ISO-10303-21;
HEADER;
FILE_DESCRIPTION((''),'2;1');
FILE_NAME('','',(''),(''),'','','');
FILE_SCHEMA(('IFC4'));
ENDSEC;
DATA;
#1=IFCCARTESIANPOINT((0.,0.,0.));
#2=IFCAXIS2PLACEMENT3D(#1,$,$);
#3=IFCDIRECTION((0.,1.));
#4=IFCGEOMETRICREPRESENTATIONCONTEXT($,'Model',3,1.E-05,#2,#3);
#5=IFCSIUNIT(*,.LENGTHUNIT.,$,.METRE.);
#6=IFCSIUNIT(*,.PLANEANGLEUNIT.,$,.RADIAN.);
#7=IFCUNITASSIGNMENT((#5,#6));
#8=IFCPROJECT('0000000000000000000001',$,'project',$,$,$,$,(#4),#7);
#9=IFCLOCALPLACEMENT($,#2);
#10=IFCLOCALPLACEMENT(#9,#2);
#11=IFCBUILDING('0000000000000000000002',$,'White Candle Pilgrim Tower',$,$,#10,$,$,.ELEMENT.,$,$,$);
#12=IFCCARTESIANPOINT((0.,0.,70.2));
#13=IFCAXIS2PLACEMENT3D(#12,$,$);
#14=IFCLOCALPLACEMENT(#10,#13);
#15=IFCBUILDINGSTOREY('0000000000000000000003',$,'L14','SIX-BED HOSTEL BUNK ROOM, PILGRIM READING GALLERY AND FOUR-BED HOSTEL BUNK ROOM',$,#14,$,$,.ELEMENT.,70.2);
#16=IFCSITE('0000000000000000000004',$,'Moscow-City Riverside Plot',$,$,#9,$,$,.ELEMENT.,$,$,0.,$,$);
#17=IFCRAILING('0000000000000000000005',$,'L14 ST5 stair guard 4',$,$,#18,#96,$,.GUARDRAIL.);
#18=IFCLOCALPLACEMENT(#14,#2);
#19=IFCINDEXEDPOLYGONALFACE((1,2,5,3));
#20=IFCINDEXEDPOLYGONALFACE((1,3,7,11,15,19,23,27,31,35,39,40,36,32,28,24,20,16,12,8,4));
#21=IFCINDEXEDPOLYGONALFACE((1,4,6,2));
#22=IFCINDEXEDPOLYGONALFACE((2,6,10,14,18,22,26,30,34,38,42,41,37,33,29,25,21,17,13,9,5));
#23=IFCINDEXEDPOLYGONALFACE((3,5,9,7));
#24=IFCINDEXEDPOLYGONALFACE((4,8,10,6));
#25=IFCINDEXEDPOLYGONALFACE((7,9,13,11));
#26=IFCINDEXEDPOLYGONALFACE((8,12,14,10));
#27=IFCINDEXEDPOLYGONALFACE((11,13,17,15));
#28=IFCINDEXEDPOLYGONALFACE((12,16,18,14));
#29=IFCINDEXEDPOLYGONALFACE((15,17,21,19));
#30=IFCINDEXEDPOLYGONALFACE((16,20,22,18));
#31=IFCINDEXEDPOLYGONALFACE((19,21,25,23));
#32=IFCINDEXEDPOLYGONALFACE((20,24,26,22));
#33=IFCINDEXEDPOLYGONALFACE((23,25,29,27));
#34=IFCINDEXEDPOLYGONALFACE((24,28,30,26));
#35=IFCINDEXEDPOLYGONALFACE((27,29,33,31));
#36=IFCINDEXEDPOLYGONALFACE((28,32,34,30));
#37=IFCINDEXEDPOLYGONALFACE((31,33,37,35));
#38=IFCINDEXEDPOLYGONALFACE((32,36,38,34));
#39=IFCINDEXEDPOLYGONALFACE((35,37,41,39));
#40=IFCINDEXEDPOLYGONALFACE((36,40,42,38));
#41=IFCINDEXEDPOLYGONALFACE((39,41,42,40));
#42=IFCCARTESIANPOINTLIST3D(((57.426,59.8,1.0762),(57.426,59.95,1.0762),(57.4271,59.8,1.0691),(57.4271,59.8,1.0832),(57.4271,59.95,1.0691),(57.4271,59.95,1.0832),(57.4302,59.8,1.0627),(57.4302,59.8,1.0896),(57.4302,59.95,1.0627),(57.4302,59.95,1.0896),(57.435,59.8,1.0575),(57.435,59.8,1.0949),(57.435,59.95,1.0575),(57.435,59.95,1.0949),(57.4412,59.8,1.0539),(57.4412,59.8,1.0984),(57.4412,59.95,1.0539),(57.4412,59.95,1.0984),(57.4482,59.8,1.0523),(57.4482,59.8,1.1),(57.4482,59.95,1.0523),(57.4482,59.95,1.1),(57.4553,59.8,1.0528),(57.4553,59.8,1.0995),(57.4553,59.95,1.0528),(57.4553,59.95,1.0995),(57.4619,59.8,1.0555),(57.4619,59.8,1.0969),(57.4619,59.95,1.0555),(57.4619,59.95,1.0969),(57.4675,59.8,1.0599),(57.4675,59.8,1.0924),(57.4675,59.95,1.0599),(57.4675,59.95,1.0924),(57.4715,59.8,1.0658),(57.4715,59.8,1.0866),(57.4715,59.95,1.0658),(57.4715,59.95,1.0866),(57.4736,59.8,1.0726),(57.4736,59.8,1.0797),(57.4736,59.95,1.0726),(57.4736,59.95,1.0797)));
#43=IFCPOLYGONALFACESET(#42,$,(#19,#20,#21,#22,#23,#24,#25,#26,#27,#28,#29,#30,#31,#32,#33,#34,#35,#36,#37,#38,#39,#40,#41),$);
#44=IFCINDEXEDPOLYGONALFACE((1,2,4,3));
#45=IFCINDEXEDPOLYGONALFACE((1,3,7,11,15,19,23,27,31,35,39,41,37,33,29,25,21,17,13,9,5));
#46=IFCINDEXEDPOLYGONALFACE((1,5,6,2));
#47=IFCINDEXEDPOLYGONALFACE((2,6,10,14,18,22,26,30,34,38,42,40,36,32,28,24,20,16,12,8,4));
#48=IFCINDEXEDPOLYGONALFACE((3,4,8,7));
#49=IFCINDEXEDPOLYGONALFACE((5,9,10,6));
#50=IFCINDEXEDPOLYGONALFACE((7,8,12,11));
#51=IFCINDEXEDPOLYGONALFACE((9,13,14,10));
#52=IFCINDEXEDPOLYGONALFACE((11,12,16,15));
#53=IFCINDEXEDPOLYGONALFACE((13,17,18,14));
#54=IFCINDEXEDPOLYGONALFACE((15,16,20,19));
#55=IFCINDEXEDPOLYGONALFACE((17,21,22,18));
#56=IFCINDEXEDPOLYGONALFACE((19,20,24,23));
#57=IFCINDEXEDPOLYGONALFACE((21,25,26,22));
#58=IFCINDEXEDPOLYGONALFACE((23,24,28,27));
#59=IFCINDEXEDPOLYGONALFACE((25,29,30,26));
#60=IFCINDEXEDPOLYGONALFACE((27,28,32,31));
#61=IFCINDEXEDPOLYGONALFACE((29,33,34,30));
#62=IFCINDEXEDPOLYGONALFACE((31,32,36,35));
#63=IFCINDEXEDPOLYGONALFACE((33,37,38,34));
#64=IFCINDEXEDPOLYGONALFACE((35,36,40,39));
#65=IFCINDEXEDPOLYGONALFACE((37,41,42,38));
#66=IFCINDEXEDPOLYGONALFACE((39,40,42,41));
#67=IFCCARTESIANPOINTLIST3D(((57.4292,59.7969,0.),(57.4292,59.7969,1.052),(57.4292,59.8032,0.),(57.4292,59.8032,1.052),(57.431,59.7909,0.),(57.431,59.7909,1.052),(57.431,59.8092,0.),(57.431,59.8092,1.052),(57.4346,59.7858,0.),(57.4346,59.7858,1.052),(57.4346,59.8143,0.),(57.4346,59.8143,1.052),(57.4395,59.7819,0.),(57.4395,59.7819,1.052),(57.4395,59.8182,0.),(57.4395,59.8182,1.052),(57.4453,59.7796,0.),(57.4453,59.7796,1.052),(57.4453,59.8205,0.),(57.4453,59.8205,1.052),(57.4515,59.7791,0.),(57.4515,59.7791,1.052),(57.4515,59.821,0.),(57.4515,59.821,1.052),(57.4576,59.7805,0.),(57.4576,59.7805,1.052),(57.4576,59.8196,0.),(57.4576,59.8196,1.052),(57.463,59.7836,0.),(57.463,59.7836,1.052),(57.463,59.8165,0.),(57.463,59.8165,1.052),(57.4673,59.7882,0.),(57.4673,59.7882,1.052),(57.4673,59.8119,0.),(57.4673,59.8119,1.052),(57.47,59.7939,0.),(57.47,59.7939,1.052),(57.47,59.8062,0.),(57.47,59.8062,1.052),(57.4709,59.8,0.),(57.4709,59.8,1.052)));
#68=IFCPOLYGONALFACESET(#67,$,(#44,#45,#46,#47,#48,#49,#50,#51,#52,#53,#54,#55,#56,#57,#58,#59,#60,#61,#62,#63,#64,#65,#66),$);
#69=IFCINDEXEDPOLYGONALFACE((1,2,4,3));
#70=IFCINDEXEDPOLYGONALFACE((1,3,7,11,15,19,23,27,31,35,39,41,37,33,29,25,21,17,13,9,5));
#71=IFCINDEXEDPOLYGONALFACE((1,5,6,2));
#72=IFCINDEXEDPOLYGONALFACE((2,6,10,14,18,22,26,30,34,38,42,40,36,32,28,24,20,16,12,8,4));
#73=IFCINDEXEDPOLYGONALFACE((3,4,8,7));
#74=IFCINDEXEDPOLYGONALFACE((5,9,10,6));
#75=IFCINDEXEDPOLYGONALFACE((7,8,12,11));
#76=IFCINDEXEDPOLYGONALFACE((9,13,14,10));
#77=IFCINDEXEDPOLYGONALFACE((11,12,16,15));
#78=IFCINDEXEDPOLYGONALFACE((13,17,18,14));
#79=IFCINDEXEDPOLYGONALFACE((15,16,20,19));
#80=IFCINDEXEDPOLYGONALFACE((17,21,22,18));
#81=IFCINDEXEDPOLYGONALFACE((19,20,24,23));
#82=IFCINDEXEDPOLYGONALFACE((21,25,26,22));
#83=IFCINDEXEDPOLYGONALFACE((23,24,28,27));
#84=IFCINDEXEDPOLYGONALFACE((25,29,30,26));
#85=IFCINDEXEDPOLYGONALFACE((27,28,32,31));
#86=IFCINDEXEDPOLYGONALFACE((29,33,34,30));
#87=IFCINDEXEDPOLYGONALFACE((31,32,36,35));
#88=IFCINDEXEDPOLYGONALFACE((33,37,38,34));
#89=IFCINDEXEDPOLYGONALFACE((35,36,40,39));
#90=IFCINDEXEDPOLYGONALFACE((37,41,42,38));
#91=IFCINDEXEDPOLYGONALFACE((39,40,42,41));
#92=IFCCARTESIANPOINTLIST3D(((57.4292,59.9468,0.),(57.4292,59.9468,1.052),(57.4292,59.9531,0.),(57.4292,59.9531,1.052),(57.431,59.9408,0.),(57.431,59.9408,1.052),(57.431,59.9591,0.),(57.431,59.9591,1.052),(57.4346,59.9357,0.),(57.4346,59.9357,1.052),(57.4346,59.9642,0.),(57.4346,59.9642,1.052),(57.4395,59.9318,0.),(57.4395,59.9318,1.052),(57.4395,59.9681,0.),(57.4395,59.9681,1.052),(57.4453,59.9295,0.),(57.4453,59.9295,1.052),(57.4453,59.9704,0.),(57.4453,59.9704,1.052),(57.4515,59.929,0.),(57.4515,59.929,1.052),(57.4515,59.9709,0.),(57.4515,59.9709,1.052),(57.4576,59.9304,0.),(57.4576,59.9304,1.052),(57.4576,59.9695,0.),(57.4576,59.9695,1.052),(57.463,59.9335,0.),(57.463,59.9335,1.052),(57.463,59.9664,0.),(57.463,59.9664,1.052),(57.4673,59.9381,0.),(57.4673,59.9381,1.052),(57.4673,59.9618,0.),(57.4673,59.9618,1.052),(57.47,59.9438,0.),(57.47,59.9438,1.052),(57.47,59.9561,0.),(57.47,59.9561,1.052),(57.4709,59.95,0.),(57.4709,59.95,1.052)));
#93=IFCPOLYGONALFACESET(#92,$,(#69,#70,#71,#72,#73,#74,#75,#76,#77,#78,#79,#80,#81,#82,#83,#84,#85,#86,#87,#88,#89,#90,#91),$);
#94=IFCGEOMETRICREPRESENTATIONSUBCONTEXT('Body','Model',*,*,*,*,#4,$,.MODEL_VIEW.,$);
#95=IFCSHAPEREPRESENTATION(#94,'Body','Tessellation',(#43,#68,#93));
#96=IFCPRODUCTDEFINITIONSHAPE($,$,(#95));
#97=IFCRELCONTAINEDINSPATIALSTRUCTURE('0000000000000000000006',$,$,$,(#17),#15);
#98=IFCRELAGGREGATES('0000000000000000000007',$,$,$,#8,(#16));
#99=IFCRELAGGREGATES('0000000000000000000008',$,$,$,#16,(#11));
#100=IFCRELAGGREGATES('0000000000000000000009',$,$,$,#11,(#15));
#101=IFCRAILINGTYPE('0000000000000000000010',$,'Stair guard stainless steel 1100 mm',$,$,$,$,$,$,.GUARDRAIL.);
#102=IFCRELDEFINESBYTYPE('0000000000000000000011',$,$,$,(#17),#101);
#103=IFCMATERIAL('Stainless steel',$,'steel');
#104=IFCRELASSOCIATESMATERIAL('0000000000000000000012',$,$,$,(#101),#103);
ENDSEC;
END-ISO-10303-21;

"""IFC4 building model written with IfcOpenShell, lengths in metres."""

from ifc_helpers import new_model, si_unit, direction, frame, origin, origin_2d, place, context, subcontext, project, spatial, circle, extrude, material, type_object, element, save


model = new_model("IFC4")

# Units and contexts
model_context = context("Model", 3, precision=1e-05, world=origin(), true_north=direction((0.0, 1.0)))
body_context = subcontext(model_context, "Body", "Model", "MODEL_VIEW")
ifc_project = project(units=[si_unit("LENGTHUNIT", "METRE"), si_unit("PLANEANGLEUNIT", "RADIAN")], contexts=[model_context])

# Site, building, storey
site_placement = place(None, origin())
site = spatial("IfcSite", under=ifc_project, at=site_placement, Name="Moscow-City Riverside Plot", CompositionType="ELEMENT", RefElevation=0.0)
building_placement = place(site_placement, origin())
building = spatial("IfcBuilding", under=site, at=building_placement, Name="White Candle Pilgrim Tower", CompositionType="ELEMENT")
storey_placement = place(building_placement, frame((0.0, 0.0, 70.2)))
storey = spatial("IfcBuildingStorey", under=building, at=storey_placement, Name="L14", Description="SIX-BED HOSTEL BUNK ROOM, PILGRIM READING GALLERY AND FOUR-BED HOSTEL BUNK ROOM", CompositionType="ELEMENT", Elevation=70.2)

# Railing
ifc_material_1 = material(Name="Stainless steel", Category="steel")
railing_type_1 = type_object("IfcRailingType", Name="Stair guard stainless steel 1100 mm", PredefinedType="GUARDRAIL", material=ifc_material_1)
railing_1_placement = place(storey_placement, frame((57.45, 59.8, 0.0)))
element("IfcRailing", 1, at=railing_1_placement, inside=storey, type_object=railing_type_1, Name="L14 ST5 stair guard 4", PredefinedType="GUARDRAIL", context=body_context, shape_type="SweptSolid", body=[
    extrude(circle(Radius=0.0239, at=origin_2d()), frame((0.0, 0.0, 1.0762), z_axis=(0.0, 1.0, 0.0), x_axis=(-1.0, 0.0, 0.0)), (0.0, 0.0, 1.0), 0.1499),
    extrude(circle(Radius=0.021, at=origin_2d()), origin(), (0.0, 0.0, 1.0), 1.052),
    extrude(circle(Radius=0.021, at=origin_2d()), frame((0.0, 0.1499, 0.0)), (0.0, 0.0, 1.0), 1.052),
])

save(model, "model.ifc")
